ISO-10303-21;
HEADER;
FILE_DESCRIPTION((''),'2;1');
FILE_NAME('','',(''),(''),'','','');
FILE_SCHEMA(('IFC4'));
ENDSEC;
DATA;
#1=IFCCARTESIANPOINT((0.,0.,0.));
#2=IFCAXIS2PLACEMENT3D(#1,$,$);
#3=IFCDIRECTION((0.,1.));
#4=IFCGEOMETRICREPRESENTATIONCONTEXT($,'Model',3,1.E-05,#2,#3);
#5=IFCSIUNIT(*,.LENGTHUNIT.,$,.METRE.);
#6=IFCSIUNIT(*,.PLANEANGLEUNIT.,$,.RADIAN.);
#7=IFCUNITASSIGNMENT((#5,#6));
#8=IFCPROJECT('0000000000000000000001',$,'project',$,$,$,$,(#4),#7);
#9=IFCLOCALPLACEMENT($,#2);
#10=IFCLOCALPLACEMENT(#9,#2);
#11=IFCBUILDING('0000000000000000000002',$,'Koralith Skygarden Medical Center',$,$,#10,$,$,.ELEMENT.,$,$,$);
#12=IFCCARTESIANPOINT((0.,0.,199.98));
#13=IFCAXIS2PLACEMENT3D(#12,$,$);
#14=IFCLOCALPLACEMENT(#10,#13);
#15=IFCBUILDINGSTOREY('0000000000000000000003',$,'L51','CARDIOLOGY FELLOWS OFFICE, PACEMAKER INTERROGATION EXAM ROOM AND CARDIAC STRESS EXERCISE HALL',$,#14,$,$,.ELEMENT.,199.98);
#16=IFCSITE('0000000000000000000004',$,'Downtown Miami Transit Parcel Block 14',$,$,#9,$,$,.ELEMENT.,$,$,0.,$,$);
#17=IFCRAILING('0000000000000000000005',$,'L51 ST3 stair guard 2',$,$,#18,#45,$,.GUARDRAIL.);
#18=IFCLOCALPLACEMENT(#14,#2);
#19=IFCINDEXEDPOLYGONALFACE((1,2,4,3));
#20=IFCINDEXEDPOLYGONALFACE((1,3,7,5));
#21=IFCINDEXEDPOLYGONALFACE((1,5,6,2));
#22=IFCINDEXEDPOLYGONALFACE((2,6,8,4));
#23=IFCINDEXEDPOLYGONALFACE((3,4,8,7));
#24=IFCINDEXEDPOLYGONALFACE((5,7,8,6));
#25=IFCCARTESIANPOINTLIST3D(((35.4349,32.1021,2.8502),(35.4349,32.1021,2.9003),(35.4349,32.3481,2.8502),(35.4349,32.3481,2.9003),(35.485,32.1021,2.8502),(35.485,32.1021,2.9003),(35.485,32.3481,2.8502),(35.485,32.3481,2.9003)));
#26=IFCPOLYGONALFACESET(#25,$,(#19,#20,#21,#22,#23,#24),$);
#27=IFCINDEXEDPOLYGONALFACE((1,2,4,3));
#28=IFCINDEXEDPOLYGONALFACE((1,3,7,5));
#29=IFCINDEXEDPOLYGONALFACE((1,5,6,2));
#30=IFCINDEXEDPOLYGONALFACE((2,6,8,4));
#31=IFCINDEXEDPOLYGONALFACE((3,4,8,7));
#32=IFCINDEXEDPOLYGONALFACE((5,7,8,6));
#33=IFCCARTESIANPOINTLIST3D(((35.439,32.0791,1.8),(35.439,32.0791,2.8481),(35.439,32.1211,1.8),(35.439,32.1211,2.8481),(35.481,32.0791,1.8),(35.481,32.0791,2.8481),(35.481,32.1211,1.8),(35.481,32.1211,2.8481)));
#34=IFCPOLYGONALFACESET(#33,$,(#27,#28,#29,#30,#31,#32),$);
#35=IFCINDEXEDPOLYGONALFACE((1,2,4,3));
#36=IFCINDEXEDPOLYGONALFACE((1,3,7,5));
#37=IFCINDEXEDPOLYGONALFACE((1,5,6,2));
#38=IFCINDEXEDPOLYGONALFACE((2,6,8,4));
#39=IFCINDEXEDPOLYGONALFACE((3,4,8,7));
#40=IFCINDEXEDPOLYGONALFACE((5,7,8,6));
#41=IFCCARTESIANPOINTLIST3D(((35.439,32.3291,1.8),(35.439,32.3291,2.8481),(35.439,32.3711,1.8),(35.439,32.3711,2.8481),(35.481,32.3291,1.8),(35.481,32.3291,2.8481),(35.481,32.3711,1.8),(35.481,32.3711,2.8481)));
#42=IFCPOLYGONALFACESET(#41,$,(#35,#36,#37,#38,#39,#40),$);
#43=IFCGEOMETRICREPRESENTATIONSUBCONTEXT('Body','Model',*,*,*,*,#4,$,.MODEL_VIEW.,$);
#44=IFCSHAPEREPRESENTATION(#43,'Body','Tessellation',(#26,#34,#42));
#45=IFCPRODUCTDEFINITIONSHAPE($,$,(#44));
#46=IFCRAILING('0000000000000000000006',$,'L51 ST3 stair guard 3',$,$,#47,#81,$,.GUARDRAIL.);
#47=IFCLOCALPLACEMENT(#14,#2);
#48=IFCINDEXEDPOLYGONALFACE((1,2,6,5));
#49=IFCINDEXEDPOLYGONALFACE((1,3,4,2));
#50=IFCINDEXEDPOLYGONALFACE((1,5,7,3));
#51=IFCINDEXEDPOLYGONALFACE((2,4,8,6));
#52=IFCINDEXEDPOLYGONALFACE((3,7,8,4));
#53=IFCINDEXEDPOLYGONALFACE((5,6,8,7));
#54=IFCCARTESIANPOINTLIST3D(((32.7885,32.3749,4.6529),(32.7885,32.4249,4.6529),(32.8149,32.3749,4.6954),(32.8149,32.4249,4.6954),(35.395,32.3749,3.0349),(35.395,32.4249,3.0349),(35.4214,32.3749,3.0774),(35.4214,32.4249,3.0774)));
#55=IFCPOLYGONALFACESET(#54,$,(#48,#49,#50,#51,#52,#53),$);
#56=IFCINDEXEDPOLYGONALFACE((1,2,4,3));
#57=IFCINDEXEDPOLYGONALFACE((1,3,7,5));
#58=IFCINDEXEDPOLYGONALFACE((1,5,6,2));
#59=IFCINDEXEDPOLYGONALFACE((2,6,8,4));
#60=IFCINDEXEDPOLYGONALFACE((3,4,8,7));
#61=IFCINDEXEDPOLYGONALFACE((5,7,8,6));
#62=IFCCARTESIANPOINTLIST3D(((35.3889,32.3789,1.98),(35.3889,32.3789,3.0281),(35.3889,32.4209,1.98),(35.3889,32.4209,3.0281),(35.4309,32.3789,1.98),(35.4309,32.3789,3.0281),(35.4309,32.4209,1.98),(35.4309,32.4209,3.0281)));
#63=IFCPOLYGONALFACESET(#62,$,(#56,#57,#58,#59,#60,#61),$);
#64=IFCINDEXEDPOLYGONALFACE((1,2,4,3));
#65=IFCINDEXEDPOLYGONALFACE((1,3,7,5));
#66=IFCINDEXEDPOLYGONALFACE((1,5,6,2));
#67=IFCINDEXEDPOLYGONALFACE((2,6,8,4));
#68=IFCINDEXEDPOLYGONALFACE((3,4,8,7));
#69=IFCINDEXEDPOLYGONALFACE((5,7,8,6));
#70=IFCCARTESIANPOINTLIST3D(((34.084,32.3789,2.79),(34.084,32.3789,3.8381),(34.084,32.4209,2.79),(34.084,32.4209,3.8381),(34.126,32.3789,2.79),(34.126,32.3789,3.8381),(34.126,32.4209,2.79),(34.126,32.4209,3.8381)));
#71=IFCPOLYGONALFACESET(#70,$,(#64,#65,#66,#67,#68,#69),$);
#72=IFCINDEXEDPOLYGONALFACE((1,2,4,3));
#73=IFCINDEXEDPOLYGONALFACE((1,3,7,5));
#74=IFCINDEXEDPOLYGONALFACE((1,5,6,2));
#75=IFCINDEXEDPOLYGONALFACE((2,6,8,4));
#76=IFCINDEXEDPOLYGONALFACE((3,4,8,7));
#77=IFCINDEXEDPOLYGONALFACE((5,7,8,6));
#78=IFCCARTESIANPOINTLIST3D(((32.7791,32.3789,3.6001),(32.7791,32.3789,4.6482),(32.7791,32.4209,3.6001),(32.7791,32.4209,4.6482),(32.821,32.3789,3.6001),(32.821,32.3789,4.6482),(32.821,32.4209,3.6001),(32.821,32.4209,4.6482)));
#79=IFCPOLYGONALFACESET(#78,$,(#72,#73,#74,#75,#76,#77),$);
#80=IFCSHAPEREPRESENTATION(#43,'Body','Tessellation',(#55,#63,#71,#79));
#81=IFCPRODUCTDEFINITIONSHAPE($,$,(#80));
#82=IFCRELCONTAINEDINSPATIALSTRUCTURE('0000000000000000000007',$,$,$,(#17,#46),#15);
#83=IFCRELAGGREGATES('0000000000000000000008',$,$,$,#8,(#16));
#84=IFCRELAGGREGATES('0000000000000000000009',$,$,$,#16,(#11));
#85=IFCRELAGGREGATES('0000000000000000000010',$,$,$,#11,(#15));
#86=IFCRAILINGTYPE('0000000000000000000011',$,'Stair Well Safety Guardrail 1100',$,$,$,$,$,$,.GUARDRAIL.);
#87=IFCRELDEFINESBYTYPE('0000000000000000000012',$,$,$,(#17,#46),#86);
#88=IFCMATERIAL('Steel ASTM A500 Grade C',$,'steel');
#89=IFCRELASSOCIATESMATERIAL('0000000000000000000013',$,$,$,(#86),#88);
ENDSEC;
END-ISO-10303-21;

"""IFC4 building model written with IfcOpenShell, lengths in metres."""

from ifc_helpers import new_model, si_unit, direction, frame, origin, origin_2d, place, context, subcontext, project, spatial, rectangle, extrude, material, type_object, element, save


model = new_model("IFC4")

# Units and contexts
model_context = context("Model", 3, precision=1e-05, world=origin(), true_north=direction((0.0, 1.0)))
body_context = subcontext(model_context, "Body", "Model", "MODEL_VIEW")
ifc_project = project(units=[si_unit("LENGTHUNIT", "METRE"), si_unit("PLANEANGLEUNIT", "RADIAN")], contexts=[model_context])

# Site, building, storey
site_placement = place(None, origin())
site = spatial("IfcSite", under=ifc_project, at=site_placement, Name="Downtown Miami Transit Parcel Block 14", CompositionType="ELEMENT", RefElevation=0.0)
building_placement = place(site_placement, origin())
building = spatial("IfcBuilding", under=site, at=building_placement, Name="Koralith Skygarden Medical Center", CompositionType="ELEMENT")
storey_placement = place(building_placement, frame((0.0, 0.0, 199.98)))
storey = spatial("IfcBuildingStorey", under=building, at=storey_placement, Name="L51", Description="CARDIOLOGY FELLOWS OFFICE, PACEMAKER INTERROGATION EXAM ROOM AND CARDIAC STRESS EXERCISE HALL", CompositionType="ELEMENT", Elevation=199.98)

# Railings
ifc_material_1 = material(Name="Steel ASTM A500 Grade C", Category="steel")
railing_type_1 = type_object("IfcRailingType", Name="Stair Well Safety Guardrail 1100", PredefinedType="GUARDRAIL", material=ifc_material_1)
railing_1_placement = place(storey_placement, frame((35.46, 32.1001, 1.8)))
element("IfcRailing", 1, at=railing_1_placement, inside=storey, type_object=railing_type_1, Name="L51 ST3 stair guard 2", PredefinedType="GUARDRAIL", context=body_context, shape_type="SweptSolid", body=[
    extrude(rectangle(XDim=0.05, YDim=0.05, at=origin_2d()), frame((0.0, 0.002, 1.0752), z_axis=(0.0, 1.0, 0.0), x_axis=(-1.0, 0.0, 0.0)), (0.0, 0.0, 1.0), 0.2461),
    extrude(rectangle(XDim=0.042, YDim=0.042, at=origin_2d()), origin(), (0.0, 0.0, 1.0), 1.0481),
    extrude(rectangle(XDim=0.042, YDim=0.042, at=origin_2d()), frame((0.0, 0.25, 0.0)), (0.0, 0.0, 1.0), 1.0481),
])
railing_2_placement = place(storey_placement, frame((35.4099, 32.3999, 1.98)))
element("IfcRailing", 2, at=railing_2_placement, inside=storey, type_object=railing_type_1, Name="L51 ST3 stair guard 3", PredefinedType="GUARDRAIL", context=body_context, shape_type="SweptSolid", body=[
    extrude(rectangle(XDim=0.05, YDim=0.05, at=origin_2d()), frame((-0.0017, 0.0, 1.0762), z_axis=(-0.849611, 0.0, 0.52741), x_axis=(0.0, -1.0, 0.0)), (0.0, 0.0, 1.0), 3.0679),
    extrude(rectangle(XDim=0.042, YDim=0.042, at=origin_2d()), origin(), (0.0, 0.0, 1.0), 1.0481),
    extrude(rectangle(XDim=0.042, YDim=0.042, at=origin_2d()), frame((-1.3049, 0.0, 0.8101)), (0.0, 0.0, 1.0), 1.0481),
    extrude(rectangle(XDim=0.042, YDim=0.042, at=origin_2d()), frame((-2.6099, 0.0, 1.6201)), (0.0, 0.0, 1.0), 1.0481),
])

save(model, "model.ifc")
